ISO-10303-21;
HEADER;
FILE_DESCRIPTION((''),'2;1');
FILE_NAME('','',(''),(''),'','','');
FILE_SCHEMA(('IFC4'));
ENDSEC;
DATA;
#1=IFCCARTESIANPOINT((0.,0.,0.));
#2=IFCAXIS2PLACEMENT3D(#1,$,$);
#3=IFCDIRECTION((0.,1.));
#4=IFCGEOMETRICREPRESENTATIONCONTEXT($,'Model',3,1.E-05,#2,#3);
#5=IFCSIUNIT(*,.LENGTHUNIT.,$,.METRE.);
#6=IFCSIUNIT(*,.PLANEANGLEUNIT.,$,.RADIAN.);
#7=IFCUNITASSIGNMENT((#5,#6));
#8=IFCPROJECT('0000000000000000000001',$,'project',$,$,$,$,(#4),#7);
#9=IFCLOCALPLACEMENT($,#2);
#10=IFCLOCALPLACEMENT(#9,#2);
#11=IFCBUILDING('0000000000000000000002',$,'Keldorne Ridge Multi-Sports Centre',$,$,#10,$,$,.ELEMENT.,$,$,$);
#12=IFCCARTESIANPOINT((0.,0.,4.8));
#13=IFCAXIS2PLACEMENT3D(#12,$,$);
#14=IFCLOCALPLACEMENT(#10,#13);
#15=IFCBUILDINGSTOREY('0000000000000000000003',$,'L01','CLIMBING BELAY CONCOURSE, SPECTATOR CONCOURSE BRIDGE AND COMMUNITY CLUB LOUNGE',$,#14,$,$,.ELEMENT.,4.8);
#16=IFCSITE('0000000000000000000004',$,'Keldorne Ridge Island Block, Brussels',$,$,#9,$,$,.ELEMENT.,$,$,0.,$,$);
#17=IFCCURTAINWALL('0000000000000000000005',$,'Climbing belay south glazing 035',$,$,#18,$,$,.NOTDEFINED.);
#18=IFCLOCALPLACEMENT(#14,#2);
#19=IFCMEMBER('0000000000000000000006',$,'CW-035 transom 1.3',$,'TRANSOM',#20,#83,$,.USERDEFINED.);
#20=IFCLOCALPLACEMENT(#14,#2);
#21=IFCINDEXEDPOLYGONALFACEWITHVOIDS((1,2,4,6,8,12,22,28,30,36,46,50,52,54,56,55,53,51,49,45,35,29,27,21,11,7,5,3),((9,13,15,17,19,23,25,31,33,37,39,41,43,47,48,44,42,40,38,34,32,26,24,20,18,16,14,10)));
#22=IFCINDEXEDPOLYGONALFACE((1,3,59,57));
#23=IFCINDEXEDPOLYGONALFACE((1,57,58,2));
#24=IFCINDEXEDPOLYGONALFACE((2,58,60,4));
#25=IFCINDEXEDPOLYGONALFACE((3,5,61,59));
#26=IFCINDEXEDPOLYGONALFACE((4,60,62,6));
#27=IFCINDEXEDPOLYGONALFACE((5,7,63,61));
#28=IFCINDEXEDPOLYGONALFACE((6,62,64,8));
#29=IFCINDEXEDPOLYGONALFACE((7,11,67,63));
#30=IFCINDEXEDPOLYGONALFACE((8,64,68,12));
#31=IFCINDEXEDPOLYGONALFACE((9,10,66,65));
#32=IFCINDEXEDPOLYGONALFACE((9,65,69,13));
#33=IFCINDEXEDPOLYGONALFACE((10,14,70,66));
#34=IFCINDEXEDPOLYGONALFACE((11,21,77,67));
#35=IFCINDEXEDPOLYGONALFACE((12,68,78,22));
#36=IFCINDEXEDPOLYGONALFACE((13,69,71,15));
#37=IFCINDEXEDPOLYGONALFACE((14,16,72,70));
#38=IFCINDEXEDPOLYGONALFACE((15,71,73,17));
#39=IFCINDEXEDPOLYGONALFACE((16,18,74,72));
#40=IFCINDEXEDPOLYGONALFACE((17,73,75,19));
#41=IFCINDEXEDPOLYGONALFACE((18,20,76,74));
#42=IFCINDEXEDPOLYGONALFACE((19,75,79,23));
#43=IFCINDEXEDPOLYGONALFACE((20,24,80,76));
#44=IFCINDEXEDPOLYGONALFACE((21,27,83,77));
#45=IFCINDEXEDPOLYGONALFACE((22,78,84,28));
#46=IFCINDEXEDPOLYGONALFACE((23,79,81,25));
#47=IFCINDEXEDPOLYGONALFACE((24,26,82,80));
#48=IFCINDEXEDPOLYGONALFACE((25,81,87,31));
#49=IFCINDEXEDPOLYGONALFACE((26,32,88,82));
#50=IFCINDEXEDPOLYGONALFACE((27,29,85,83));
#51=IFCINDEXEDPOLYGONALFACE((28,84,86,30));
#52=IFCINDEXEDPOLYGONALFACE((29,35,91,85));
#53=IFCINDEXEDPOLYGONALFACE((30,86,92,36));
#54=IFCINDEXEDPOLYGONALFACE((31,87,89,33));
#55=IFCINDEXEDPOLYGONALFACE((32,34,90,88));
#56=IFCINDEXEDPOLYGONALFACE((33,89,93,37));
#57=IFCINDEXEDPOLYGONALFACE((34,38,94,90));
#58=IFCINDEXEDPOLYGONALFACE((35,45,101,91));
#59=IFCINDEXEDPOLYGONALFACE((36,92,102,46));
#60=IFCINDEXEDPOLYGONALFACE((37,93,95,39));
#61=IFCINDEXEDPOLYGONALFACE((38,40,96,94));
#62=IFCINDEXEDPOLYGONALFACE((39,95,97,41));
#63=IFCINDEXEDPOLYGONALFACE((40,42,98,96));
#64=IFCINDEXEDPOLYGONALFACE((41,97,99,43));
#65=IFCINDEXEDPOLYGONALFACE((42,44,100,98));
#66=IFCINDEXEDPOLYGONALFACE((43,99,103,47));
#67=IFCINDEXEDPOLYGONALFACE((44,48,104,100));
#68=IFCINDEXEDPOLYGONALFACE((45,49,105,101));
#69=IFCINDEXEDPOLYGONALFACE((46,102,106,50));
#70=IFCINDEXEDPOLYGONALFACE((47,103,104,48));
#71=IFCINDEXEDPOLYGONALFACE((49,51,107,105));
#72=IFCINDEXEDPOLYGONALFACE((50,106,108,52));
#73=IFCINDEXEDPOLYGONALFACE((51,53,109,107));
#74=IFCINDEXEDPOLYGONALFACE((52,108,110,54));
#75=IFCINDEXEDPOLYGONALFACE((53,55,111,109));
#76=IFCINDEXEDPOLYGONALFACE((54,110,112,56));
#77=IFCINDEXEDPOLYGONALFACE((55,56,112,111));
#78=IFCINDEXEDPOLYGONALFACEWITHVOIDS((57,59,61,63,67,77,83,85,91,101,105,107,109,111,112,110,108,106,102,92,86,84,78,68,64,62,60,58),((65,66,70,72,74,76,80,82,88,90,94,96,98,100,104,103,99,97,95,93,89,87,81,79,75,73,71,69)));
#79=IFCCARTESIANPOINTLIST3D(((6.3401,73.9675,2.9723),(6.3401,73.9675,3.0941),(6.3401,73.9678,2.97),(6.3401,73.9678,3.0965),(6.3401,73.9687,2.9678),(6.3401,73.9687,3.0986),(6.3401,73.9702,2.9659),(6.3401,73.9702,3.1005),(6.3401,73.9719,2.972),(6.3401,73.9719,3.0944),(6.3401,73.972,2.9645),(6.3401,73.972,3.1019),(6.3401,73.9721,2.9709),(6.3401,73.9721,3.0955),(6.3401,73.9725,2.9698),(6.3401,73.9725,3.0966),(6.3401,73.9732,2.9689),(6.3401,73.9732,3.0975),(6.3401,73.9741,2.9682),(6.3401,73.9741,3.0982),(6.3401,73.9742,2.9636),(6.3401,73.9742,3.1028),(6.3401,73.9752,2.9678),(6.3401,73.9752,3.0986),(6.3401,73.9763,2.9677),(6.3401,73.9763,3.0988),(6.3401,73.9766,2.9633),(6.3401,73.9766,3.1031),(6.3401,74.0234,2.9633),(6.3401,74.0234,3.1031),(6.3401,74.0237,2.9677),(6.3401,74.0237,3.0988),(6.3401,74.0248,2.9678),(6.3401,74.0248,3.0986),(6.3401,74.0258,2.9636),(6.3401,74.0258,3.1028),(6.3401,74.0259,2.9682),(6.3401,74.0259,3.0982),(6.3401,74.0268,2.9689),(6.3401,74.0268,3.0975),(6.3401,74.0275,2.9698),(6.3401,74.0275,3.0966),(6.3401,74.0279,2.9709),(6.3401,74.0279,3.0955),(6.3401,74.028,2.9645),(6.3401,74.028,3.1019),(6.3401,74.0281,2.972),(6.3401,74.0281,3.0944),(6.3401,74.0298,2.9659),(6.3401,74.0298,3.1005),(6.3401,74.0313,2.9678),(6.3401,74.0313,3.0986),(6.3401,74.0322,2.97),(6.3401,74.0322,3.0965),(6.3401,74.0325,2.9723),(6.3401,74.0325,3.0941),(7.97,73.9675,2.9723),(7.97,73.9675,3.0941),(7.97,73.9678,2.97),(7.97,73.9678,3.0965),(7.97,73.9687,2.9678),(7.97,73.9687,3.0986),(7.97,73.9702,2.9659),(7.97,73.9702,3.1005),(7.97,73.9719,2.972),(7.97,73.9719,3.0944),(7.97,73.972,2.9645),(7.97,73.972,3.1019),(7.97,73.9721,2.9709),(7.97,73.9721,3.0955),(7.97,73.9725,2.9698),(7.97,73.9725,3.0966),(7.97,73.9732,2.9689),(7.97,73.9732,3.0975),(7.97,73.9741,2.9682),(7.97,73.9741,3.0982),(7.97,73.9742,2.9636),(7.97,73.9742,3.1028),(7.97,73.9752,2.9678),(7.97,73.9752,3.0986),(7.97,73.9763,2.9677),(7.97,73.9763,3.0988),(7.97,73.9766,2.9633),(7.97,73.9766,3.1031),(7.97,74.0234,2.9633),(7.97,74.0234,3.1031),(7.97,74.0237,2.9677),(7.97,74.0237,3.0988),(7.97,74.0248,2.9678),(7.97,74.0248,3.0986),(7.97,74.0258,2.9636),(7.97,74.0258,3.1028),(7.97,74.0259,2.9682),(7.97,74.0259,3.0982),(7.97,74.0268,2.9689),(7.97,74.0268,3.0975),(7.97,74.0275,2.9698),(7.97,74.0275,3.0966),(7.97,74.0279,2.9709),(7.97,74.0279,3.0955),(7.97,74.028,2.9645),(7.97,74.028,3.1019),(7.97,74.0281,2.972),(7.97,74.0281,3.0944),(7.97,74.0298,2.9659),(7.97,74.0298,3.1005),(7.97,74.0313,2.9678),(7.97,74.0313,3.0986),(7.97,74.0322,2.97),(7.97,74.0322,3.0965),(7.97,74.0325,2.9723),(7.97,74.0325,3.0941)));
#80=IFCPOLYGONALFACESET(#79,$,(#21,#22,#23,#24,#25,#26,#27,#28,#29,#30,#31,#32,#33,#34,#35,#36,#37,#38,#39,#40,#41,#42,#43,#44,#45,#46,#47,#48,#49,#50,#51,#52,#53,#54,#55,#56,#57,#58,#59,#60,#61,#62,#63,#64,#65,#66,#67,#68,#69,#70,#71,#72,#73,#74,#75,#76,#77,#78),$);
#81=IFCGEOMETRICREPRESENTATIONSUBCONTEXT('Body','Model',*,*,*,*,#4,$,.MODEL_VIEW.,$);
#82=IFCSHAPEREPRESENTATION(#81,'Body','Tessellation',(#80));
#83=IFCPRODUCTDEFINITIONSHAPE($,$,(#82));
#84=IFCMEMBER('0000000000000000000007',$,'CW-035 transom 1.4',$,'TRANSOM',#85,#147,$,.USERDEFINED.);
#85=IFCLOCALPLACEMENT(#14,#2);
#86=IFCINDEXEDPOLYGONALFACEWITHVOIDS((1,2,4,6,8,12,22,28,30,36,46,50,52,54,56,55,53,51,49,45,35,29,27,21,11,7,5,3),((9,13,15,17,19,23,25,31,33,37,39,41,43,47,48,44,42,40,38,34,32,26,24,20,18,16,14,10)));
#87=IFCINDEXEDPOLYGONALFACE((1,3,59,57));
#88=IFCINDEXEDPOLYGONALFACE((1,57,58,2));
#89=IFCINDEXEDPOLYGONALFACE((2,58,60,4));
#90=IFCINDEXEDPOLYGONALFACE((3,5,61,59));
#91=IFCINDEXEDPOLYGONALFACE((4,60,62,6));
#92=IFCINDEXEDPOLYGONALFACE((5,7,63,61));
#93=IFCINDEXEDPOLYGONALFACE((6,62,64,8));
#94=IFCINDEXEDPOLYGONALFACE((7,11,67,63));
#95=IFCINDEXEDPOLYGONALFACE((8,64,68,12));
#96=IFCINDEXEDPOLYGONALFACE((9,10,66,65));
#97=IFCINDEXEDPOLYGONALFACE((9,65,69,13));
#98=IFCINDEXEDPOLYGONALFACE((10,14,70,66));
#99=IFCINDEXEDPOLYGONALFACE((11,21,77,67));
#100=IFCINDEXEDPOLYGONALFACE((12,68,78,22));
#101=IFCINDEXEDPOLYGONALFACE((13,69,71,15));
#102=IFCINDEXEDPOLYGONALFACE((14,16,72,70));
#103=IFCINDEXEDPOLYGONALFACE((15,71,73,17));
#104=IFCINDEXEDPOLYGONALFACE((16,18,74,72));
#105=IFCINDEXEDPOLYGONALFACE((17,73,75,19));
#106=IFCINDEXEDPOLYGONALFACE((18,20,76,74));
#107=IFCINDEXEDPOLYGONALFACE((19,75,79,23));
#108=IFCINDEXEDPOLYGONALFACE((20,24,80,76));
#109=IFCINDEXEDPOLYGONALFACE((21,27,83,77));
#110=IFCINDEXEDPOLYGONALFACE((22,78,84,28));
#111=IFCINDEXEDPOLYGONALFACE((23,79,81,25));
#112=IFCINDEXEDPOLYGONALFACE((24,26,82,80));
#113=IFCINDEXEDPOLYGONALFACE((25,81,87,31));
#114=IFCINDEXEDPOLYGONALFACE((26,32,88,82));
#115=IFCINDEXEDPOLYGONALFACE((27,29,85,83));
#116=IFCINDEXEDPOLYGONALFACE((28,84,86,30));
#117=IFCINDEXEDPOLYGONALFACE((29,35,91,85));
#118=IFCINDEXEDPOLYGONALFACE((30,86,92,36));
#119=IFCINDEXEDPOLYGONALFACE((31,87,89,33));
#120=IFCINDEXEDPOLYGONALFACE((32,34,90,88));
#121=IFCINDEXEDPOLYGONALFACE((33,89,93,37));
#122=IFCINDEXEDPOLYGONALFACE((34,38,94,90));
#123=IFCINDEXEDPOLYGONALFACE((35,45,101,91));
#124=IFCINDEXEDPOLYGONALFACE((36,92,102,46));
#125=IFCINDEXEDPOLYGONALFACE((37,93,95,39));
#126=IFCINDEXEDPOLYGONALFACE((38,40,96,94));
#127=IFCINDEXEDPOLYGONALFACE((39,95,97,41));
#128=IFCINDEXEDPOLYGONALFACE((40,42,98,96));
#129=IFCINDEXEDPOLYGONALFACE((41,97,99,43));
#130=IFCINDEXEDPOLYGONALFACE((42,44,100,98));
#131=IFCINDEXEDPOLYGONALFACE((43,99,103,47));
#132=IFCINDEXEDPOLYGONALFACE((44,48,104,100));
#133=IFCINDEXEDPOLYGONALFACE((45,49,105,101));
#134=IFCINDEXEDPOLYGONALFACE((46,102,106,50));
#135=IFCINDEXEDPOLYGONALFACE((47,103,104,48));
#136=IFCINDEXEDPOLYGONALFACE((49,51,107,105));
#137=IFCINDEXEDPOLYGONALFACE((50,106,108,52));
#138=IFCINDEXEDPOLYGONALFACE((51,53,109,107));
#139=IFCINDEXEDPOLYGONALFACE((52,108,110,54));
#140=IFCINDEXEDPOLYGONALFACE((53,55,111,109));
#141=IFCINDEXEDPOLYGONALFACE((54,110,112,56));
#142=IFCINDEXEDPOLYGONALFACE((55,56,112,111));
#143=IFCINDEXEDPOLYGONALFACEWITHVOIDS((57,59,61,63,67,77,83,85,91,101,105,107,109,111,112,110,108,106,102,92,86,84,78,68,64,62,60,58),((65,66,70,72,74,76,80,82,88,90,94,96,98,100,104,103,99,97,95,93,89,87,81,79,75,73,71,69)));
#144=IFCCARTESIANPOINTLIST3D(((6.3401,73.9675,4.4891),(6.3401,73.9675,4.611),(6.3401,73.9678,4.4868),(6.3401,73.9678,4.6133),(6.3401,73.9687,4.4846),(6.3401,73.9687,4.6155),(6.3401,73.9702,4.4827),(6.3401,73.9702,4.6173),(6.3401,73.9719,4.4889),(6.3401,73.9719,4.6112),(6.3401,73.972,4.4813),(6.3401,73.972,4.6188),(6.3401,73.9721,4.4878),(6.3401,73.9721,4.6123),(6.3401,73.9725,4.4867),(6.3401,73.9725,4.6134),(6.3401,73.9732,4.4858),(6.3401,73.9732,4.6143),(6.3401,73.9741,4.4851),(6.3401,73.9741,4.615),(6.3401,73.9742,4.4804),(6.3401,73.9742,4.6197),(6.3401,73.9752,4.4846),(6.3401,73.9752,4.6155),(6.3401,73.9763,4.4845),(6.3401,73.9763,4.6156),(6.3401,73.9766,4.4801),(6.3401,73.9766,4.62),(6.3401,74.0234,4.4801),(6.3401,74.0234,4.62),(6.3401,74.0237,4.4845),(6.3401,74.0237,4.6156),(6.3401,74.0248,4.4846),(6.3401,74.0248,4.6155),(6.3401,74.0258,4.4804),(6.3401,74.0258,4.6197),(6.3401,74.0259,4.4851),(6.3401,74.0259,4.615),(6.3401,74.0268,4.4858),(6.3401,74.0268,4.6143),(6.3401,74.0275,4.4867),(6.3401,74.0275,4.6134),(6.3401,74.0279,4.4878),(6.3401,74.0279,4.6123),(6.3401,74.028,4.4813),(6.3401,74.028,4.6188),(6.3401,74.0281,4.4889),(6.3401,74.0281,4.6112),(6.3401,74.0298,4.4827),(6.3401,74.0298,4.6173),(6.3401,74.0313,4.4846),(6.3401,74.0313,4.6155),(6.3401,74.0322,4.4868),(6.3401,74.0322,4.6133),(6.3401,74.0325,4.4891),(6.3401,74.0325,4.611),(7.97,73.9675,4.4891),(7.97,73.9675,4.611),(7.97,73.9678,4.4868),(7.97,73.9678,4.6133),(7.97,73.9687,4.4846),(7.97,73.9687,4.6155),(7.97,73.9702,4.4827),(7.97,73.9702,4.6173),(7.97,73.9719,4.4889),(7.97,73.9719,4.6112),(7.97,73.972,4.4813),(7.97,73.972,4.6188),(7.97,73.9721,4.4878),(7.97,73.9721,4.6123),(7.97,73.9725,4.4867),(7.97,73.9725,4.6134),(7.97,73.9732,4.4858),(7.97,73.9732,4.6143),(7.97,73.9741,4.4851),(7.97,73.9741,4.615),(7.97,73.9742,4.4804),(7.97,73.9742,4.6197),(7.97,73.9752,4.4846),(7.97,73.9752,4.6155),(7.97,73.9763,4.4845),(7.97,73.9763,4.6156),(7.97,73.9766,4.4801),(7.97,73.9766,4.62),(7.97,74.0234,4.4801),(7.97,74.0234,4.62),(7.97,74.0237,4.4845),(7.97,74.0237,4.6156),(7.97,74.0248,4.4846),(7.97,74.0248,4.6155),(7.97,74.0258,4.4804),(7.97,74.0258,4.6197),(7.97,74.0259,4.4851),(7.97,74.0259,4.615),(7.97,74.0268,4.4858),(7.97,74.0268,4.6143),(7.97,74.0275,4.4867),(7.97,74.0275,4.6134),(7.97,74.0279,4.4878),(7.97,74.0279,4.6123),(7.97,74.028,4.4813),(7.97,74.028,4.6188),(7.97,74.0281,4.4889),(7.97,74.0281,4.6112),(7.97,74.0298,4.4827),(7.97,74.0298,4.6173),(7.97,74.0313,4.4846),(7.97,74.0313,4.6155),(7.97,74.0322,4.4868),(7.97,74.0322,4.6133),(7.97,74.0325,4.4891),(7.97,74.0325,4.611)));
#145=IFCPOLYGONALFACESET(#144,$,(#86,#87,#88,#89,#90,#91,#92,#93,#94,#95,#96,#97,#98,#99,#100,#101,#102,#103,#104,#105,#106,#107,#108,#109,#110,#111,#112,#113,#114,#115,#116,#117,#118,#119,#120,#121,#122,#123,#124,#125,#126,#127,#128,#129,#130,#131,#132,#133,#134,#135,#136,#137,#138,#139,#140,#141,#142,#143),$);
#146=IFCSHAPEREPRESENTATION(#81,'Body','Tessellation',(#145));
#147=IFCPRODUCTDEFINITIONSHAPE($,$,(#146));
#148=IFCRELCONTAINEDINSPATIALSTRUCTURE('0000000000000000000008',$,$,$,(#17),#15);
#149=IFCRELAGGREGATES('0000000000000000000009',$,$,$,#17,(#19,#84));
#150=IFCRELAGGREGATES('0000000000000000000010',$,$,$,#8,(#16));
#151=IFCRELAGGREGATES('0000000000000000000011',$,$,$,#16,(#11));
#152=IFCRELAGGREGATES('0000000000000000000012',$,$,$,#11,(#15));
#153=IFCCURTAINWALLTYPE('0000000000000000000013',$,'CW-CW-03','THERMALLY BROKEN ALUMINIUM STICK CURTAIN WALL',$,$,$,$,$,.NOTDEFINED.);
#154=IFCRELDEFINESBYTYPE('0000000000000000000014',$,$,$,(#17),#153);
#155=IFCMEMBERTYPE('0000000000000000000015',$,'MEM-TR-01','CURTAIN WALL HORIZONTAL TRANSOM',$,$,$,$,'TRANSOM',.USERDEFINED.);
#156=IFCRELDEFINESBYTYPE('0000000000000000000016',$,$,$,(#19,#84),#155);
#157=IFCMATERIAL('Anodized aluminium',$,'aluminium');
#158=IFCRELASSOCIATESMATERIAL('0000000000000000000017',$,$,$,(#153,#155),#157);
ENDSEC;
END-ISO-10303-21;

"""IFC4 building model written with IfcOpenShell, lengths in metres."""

from ifc_helpers import new_model, si_unit, direction, frame, origin, origin_2d, place, context, subcontext, project, spatial, hollow_rectangle, extrude, material, material_profile, profile_set, type_object, element, aggregate, save


model = new_model("IFC4")

# Units and contexts
model_context = context("Model", 3, precision=1e-05, world=origin(), true_north=direction((0.0, 1.0)))
body_context = subcontext(model_context, "Body", "Model", "MODEL_VIEW")
ifc_project = project(units=[si_unit("LENGTHUNIT", "METRE"), si_unit("PLANEANGLEUNIT", "RADIAN")], contexts=[model_context])

# Site, building, storey
site_placement = place(None, origin())
site = spatial("IfcSite", under=ifc_project, at=site_placement, Name="Keldorne Ridge Island Block, Brussels", CompositionType="ELEMENT", RefElevation=0.0)
building_placement = place(site_placement, origin())
building = spatial("IfcBuilding", under=site, at=building_placement, Name="Keldorne Ridge Multi-Sports Centre", CompositionType="ELEMENT")
storey_placement = place(building_placement, frame((0.0, 0.0, 4.8)))
storey = spatial("IfcBuildingStorey", under=building, at=storey_placement, Name="L01", Description="CLIMBING BELAY CONCOURSE, SPECTATOR CONCOURSE BRIDGE AND COMMUNITY CLUB LOUNGE", CompositionType="ELEMENT", Elevation=4.8)

# Curtain wall, members
ifc_material_1 = material(Name="Anodized aluminium", Category="aluminium")
curtain_wall_type = type_object("IfcCurtainWallType", Name="CW-CW-03", Description="THERMALLY BROKEN ALUMINIUM STICK CURTAIN WALL", PredefinedType="NOTDEFINED", material=ifc_material_1)
curtain_wall_placement = place(storey_placement, origin())
curtain_wall = element("IfcCurtainWall", 1, at=curtain_wall_placement, inside=storey, type_object=curtain_wall_type, Name="Climbing belay south glazing 035", PredefinedType="NOTDEFINED")
ifc_material_profile_1 = material_profile(ifc_material_1, hollow_rectangle(XDim=0.0649, YDim=0.1399, WallThickness=0.0044, InnerFilletRadius=0.0044, OuterFilletRadius=0.009, at=origin_2d()), Name="ALU TRANSOM 140x65x4.5")
ifc_profile_set_1 = profile_set([ifc_material_profile_1], Name="Anodized aluminium")
member_type_1 = type_object("IfcMemberType", Name="MEM-TR-01", Description="CURTAIN WALL HORIZONTAL TRANSOM", ElementType="TRANSOM", PredefinedType="USERDEFINED", material=ifc_profile_set_1)
member_1_placement = place(storey_placement, frame((6.3401, 74.0, 3.0332), z_axis=(1.0, 0.0, 0.0), x_axis=(0.0, 1.0, 0.0)))
member_1 = element("IfcMember", 2, at=member_1_placement, type_object=member_type_1, Name="CW-035 transom 1.3", ObjectType="TRANSOM", PredefinedType="USERDEFINED", context=body_context, shape_type="SweptSolid", body=[
    extrude(hollow_rectangle(XDim=0.0649, YDim=0.1399, WallThickness=0.0044, InnerFilletRadius=0.0044, OuterFilletRadius=0.009, at=origin_2d()), origin(), (0.0, 0.0, 1.0), 1.6299),
])
member_2_placement = place(storey_placement, frame((6.3401, 74.0, 4.55), z_axis=(1.0, 0.0, 0.0), x_axis=(0.0, 1.0, 0.0)))
member_2 = element("IfcMember", 3, at=member_2_placement, type_object=member_type_1, Name="CW-035 transom 1.4", ObjectType="TRANSOM", PredefinedType="USERDEFINED", context=body_context, shape_type="SweptSolid", body=[
    extrude(hollow_rectangle(XDim=0.0649, YDim=0.1399, WallThickness=0.0044, InnerFilletRadius=0.0044, OuterFilletRadius=0.009, at=origin_2d()), origin(), (0.0, 0.0, 1.0), 1.6299),
])
aggregate(curtain_wall, [member_1, member_2])

save(model, "model.ifc")
